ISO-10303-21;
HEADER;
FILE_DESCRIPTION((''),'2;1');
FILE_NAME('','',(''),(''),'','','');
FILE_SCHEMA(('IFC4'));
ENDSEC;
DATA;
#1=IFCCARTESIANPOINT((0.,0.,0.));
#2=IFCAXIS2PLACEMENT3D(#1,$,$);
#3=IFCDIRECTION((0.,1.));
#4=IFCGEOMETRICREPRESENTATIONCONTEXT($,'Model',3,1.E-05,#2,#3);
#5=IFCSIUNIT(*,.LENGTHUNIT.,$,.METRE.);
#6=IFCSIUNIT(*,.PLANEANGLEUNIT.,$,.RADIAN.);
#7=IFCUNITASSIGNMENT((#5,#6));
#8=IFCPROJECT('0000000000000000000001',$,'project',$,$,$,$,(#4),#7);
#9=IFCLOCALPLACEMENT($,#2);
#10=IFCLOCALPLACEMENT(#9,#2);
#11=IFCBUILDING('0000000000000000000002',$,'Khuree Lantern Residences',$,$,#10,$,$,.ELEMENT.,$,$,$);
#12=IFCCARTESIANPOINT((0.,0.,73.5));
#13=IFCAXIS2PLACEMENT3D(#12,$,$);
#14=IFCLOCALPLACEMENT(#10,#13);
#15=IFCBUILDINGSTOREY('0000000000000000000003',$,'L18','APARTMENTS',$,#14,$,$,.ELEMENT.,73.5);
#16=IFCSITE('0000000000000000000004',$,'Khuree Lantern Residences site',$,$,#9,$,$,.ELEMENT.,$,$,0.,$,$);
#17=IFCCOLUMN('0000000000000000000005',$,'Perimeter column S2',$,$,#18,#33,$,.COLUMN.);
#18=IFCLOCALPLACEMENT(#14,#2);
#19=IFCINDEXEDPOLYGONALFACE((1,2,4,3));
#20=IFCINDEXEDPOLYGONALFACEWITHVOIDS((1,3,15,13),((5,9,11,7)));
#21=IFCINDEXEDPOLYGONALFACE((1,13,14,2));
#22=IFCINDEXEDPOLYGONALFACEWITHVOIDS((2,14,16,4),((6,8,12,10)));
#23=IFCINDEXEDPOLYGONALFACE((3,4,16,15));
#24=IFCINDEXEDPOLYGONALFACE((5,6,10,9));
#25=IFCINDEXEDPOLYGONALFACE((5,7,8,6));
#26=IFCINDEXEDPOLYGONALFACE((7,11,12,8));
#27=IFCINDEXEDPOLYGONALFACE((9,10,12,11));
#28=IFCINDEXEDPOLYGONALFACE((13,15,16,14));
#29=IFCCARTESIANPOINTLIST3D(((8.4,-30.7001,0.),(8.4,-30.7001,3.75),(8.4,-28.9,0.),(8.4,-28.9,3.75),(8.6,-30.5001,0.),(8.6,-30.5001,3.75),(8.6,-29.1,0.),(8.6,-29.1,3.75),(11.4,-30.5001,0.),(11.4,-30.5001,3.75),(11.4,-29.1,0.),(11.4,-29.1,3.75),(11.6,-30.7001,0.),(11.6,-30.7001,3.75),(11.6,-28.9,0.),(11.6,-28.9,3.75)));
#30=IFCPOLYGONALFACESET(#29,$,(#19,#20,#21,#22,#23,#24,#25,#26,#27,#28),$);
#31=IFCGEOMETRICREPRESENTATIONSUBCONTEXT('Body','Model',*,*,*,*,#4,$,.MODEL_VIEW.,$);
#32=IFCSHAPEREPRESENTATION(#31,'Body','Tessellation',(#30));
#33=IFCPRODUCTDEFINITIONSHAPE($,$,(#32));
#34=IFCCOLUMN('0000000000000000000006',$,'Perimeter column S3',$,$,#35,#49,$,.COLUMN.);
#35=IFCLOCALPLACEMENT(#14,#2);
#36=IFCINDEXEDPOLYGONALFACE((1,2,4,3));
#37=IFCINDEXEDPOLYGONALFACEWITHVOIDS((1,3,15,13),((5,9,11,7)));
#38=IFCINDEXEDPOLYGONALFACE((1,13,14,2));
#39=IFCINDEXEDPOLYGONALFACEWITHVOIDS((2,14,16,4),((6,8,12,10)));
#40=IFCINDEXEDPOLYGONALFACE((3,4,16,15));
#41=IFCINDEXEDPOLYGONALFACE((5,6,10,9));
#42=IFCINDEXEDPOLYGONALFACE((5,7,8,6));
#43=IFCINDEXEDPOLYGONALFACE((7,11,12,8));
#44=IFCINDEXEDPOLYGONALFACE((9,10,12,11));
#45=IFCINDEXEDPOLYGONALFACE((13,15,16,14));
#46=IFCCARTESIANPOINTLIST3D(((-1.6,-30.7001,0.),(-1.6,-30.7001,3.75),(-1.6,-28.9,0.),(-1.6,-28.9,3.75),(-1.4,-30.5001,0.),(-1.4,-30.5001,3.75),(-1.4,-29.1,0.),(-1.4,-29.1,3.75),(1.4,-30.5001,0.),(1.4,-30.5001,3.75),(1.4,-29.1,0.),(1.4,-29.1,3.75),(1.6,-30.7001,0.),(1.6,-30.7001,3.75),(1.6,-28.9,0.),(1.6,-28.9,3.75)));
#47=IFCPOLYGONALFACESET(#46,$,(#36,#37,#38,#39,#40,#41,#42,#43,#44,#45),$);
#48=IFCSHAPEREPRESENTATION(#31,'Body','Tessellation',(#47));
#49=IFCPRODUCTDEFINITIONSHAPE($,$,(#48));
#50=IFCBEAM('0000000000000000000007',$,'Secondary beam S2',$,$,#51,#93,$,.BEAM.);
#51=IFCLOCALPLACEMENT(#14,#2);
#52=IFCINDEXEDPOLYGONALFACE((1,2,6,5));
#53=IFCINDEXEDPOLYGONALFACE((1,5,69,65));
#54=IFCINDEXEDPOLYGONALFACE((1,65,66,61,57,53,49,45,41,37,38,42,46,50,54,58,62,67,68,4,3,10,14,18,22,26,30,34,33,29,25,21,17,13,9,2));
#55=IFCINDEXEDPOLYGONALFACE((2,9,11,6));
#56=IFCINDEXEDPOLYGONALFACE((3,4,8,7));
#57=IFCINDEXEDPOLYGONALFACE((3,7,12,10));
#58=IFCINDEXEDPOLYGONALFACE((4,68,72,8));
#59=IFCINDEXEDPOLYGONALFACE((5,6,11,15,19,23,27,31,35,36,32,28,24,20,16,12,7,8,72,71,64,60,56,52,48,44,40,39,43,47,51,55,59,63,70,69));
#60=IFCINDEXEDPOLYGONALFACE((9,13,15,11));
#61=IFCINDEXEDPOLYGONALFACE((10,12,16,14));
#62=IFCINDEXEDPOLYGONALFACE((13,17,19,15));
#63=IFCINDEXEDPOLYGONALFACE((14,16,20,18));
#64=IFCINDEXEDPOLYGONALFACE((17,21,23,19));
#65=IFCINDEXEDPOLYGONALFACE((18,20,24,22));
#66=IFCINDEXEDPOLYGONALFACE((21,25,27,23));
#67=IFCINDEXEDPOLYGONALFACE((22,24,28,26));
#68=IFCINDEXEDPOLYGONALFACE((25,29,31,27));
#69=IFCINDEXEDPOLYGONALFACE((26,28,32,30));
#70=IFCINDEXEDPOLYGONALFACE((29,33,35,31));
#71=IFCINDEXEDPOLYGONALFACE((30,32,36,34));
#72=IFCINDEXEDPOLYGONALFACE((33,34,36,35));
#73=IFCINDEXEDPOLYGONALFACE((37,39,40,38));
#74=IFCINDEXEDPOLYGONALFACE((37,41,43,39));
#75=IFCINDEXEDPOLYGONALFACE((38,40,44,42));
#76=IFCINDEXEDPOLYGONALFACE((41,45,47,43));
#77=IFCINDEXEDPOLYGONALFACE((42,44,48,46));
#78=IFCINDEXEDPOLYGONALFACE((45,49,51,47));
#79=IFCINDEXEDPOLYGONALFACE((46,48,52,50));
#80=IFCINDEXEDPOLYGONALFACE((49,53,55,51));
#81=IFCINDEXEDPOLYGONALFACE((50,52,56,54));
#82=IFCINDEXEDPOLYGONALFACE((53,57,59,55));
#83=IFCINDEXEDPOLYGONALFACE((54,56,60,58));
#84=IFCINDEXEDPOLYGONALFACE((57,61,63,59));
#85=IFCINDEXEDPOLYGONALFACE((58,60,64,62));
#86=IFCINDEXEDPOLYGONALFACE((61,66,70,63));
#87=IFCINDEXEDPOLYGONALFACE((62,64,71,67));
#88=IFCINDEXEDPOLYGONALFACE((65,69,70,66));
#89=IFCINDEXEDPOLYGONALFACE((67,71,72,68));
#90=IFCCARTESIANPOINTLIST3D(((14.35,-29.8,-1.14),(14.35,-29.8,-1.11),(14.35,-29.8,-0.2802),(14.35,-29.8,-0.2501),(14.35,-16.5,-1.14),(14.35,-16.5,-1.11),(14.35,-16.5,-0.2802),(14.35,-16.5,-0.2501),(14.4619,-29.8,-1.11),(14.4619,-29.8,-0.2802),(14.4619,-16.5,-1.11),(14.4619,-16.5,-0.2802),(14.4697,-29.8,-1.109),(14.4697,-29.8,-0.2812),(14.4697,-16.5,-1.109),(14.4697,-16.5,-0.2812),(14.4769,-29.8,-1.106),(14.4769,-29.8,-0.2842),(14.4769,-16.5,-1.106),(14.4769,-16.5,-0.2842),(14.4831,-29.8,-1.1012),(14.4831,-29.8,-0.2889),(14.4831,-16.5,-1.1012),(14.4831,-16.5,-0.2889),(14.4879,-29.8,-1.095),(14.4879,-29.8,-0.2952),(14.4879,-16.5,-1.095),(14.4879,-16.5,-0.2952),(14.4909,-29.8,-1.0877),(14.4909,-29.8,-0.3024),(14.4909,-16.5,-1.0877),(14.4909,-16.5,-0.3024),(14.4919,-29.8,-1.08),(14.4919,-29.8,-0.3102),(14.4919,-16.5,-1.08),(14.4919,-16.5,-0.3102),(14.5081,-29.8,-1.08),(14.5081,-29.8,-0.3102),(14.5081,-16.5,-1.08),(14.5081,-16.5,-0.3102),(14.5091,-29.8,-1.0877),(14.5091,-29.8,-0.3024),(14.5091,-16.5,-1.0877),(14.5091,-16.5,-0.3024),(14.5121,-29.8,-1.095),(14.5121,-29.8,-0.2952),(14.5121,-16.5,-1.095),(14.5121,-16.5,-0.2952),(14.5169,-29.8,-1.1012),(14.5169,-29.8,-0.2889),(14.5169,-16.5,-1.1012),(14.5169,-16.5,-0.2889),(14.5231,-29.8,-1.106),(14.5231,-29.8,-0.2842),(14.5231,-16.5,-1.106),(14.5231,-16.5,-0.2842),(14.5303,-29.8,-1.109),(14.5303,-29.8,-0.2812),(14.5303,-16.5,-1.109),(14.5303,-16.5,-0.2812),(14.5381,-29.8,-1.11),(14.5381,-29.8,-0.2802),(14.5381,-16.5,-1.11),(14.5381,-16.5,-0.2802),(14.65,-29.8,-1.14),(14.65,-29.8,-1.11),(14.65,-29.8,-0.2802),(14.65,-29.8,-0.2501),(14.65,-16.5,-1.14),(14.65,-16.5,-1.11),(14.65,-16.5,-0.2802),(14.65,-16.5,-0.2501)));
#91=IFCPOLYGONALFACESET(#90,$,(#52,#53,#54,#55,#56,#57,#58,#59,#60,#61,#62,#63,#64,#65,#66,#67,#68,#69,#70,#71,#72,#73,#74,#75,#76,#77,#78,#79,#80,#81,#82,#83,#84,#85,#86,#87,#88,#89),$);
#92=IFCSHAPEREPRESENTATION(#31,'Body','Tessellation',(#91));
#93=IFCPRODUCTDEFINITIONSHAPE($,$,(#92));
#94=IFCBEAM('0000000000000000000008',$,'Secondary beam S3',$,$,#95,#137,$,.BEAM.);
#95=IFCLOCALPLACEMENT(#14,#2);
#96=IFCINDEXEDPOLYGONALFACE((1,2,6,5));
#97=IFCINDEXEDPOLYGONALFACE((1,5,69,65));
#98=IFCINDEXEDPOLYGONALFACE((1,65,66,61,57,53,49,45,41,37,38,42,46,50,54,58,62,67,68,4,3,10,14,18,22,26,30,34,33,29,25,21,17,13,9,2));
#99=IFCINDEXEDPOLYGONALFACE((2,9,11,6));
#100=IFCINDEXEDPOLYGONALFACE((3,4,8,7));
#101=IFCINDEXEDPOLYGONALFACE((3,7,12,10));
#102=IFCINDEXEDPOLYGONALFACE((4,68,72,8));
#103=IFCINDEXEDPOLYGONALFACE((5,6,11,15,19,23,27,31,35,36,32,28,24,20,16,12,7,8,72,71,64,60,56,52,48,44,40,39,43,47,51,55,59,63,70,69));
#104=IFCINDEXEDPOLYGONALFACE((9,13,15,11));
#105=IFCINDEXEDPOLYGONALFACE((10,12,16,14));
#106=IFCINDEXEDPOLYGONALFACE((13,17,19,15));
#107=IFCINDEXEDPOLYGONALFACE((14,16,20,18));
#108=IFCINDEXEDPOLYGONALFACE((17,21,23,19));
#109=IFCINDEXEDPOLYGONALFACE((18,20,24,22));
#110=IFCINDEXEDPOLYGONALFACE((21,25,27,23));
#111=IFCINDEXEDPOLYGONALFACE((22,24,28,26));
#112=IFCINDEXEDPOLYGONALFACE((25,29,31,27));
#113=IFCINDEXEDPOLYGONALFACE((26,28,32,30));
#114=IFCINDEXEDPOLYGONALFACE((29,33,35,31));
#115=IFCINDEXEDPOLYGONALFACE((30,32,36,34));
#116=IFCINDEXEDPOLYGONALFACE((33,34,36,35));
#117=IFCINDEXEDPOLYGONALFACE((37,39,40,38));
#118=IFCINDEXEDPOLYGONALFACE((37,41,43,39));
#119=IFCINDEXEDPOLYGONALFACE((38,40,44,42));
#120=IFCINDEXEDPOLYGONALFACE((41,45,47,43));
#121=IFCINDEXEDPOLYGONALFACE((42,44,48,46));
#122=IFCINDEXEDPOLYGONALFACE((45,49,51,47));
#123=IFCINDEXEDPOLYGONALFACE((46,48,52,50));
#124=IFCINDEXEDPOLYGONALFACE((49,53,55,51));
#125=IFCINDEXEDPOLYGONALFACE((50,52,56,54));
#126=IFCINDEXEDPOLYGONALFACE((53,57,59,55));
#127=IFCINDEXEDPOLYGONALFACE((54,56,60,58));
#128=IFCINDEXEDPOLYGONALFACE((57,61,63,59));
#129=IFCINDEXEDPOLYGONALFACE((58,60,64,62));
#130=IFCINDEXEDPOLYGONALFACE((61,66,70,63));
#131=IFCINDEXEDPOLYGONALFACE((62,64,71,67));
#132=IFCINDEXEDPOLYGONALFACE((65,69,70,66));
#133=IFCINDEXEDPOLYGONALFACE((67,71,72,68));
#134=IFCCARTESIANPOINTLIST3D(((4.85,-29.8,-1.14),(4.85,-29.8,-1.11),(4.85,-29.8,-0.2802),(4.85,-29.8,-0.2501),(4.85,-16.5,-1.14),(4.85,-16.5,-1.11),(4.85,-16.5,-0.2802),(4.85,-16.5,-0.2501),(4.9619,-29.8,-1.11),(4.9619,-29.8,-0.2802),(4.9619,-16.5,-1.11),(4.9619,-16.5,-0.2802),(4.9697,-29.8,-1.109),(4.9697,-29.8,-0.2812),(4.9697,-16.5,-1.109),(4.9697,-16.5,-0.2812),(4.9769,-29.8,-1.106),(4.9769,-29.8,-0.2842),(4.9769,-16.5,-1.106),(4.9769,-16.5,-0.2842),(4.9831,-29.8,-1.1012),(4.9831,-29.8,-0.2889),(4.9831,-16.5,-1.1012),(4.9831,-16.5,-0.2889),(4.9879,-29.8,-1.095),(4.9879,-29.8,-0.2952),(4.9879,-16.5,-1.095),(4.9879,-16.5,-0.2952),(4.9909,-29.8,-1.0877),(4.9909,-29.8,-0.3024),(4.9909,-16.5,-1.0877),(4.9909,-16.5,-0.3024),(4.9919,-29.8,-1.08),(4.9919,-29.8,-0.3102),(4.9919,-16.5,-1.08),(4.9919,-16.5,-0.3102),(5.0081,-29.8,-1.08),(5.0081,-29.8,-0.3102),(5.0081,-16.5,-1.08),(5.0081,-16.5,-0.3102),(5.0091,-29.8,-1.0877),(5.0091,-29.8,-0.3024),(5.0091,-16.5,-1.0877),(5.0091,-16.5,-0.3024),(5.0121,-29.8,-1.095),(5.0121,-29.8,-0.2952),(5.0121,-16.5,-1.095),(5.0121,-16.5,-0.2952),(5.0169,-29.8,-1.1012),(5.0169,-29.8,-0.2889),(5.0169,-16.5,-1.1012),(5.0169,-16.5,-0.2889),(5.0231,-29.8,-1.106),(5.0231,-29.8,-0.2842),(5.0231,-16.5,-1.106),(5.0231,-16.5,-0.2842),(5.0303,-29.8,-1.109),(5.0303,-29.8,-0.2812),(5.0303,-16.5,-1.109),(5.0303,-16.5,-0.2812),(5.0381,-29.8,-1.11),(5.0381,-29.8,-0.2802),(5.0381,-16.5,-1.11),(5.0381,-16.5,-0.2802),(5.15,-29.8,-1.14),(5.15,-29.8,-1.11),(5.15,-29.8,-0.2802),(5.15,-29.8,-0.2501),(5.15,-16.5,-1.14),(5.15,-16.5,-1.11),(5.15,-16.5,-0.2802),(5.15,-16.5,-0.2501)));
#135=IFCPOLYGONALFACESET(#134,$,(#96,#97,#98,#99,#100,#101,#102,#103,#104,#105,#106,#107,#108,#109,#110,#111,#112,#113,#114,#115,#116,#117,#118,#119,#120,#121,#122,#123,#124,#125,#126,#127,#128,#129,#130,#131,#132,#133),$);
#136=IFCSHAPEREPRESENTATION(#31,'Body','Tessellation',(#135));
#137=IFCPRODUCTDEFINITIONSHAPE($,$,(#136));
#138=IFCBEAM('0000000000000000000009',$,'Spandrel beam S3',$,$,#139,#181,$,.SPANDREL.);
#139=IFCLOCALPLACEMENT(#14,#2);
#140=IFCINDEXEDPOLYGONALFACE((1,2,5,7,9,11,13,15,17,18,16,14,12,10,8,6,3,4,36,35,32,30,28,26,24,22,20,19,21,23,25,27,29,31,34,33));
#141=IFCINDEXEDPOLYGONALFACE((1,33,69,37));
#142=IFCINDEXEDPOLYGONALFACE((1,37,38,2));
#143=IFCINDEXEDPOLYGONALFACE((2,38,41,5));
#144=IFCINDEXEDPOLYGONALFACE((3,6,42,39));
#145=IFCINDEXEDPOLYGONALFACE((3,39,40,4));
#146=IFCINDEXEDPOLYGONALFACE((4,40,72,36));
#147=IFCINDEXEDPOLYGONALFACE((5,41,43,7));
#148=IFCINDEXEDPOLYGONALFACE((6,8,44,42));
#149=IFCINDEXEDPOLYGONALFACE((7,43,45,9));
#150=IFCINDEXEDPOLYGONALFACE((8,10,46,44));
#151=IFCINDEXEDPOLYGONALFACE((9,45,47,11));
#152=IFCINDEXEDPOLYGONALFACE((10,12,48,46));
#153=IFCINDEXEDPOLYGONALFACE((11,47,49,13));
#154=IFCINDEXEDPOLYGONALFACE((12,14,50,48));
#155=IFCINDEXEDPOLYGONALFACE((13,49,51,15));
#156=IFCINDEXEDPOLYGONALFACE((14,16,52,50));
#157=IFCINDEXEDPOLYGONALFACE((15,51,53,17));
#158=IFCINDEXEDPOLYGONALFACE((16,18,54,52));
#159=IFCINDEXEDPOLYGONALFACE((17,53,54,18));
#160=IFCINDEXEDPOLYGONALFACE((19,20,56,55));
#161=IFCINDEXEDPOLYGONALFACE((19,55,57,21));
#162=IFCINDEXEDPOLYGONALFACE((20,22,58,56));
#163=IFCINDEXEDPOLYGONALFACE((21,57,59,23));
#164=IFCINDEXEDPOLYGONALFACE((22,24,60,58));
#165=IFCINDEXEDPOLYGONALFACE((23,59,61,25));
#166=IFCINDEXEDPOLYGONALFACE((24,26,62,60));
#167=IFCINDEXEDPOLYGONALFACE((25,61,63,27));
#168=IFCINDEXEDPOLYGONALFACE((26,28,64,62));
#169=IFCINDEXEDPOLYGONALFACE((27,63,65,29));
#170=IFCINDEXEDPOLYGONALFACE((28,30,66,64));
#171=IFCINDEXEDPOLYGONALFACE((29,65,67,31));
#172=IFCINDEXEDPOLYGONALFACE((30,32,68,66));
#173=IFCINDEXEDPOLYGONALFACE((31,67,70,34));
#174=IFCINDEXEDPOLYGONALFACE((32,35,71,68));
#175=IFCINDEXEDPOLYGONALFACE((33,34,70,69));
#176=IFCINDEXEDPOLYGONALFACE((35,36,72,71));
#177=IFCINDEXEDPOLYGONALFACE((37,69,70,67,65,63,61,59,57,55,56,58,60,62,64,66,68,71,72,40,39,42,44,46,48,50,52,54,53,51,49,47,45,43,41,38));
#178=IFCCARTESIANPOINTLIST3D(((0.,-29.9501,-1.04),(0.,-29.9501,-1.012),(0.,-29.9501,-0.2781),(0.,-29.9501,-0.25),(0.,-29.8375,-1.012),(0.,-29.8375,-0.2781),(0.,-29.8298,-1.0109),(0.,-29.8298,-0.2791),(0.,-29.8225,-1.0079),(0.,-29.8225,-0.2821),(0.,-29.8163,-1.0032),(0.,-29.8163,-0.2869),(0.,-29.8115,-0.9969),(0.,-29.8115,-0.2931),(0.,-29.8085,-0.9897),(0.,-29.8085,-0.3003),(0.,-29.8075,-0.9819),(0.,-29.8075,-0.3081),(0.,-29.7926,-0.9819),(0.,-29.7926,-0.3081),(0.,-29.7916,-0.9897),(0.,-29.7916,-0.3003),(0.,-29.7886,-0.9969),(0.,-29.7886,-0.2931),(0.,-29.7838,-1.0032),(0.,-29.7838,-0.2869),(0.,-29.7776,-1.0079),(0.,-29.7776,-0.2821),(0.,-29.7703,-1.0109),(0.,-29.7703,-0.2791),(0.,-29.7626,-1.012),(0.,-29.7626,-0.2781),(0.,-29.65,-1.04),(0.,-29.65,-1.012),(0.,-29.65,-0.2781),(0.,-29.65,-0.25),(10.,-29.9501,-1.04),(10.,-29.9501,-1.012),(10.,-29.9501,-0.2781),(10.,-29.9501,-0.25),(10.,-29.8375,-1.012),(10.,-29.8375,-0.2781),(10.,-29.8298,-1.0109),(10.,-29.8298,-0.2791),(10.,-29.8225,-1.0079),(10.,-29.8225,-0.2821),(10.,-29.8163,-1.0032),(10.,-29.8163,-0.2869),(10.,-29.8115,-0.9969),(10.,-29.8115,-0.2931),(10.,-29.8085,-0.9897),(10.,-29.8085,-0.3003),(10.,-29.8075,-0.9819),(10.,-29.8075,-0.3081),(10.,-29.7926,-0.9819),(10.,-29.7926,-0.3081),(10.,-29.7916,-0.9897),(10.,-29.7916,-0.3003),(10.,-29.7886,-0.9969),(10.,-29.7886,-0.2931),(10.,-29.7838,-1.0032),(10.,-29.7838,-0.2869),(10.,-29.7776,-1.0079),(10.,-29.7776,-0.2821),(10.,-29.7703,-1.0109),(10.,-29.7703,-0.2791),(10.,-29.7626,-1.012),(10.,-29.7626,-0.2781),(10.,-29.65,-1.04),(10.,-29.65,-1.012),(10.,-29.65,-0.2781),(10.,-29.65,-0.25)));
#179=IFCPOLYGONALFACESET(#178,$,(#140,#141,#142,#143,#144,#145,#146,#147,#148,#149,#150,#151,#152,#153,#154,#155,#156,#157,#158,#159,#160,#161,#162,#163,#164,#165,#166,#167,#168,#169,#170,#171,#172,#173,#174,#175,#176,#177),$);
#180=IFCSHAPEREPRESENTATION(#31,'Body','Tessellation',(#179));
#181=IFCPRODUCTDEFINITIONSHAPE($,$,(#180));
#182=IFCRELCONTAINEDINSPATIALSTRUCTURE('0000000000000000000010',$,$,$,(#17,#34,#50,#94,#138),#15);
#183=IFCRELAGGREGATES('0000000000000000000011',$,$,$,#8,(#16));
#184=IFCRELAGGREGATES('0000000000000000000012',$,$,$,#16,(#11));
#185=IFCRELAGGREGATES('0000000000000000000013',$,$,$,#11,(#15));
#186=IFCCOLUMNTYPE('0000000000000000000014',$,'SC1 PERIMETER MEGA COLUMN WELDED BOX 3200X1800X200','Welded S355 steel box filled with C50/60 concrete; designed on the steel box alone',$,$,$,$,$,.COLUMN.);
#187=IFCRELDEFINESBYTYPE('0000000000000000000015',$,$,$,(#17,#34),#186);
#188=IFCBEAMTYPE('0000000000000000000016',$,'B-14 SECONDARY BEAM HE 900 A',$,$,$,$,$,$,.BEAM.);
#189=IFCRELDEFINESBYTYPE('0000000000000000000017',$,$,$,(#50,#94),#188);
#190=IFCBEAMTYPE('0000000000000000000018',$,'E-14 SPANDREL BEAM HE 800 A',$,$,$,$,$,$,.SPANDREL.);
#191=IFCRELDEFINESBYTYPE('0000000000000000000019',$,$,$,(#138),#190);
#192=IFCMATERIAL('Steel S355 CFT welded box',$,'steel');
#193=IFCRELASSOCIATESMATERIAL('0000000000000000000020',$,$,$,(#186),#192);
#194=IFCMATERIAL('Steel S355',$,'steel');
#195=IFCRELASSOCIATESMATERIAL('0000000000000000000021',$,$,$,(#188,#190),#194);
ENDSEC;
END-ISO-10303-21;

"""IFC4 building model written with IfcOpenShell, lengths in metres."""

from ifc_helpers import new_model, si_unit, direction, frame, origin, origin_2d, place, context, subcontext, project, spatial, hollow_rectangle, i_section, extrude, material, material_profile, profile_set, type_object, element, save


model = new_model("IFC4")

# Units and contexts
model_context = context("Model", 3, precision=1e-05, world=origin(), true_north=direction((0.0, 1.0)))
body_context = subcontext(model_context, "Body", "Model", "MODEL_VIEW")
ifc_project = project(units=[si_unit("LENGTHUNIT", "METRE"), si_unit("PLANEANGLEUNIT", "RADIAN")], contexts=[model_context])

# Site, building, storey
site_placement = place(None, origin())
site = spatial("IfcSite", under=ifc_project, at=site_placement, Name="Khuree Lantern Residences site", CompositionType="ELEMENT", RefElevation=0.0)
building_placement = place(site_placement, origin())
building = spatial("IfcBuilding", under=site, at=building_placement, Name="Khuree Lantern Residences", CompositionType="ELEMENT")
storey_placement = place(building_placement, frame((0.0, 0.0, 73.5)))
storey = spatial("IfcBuildingStorey", under=building, at=storey_placement, Name="L18", Description="APARTMENTS", CompositionType="ELEMENT", Elevation=73.5)

# Columns
ifc_material_1 = material(Name="Steel S355 CFT welded box", Category="steel")
ifc_material_profile_1 = material_profile(ifc_material_1, hollow_rectangle(XDim=3.2, YDim=1.8, WallThickness=0.2, at=origin_2d()), Name="WELDED BOX 3200X1800X200")
ifc_profile_set_1 = profile_set([ifc_material_profile_1], Name="Steel S355 CFT welded box")
column_type = type_object("IfcColumnType", Name="SC1 PERIMETER MEGA COLUMN WELDED BOX 3200X1800X200", Description="Welded S355 steel box filled with C50/60 concrete; designed on the steel box alone", PredefinedType="COLUMN", material=ifc_profile_set_1)
for number, where, z_axis, x_axis, name in (
    (1, (10.0, -29.8, 0.0), (0.0, 0.0, 1.0), (1.0, 0.0, 0.0), "Perimeter column S2"),
    (2, (0.0, -29.8, 0.0), (0.0, 0.0, 1.0), (1.0, 0.0, 0.0), "Perimeter column S3"),
):
    element("IfcColumn", number, at=place(storey_placement, frame(where, z_axis=z_axis, x_axis=x_axis)), inside=storey, type_object=column_type, Name=name, PredefinedType="COLUMN", context=body_context, shape_type="SweptSolid", body=[
        extrude(hollow_rectangle(XDim=3.2, YDim=1.8, WallThickness=0.2, at=origin_2d()), origin(), (0.0, 0.0, 1.0), 3.75),
    ])

# Beams
ifc_material_2 = material(Name="Steel S355", Category="steel")
ifc_material_profile_2 = material_profile(ifc_material_2, i_section(OverallWidth=0.3, OverallDepth=0.8899, WebThickness=0.0161, FlangeThickness=0.03, FilletRadius=0.03, at=origin_2d()), Name="HE 900 A")
ifc_profile_set_2 = profile_set([ifc_material_profile_2], Name="Steel S355")
beam_type_1 = type_object("IfcBeamType", Name="B-14 SECONDARY BEAM HE 900 A", PredefinedType="BEAM", material=ifc_profile_set_2)
for number, where, z_axis, x_axis, name in (
    (3, (14.5, -29.8, -0.6951), (0.0, 1.0, 0.0), (-1.0, 0.0, 0.0), "Secondary beam S2"),
    (4, (5.0, -29.8, -0.6951), (0.0, 1.0, 0.0), (-1.0, 0.0, 0.0), "Secondary beam S3"),
):
    element("IfcBeam", number, at=place(storey_placement, frame(where, z_axis=z_axis, x_axis=x_axis)), inside=storey, type_object=beam_type_1, Name=name, PredefinedType="BEAM", context=body_context, shape_type="SweptSolid", body=[
        extrude(i_section(OverallWidth=0.3, OverallDepth=0.8899, WebThickness=0.0161, FlangeThickness=0.03, FilletRadius=0.03, at=origin_2d()), origin(), (0.0, 0.0, 1.0), 13.3),
    ])
ifc_material_profile_3 = material_profile(ifc_material_2, i_section(OverallWidth=0.3, OverallDepth=0.79, WebThickness=0.0149, FlangeThickness=0.0281, FilletRadius=0.03, at=origin_2d()), Name="HE 800 A")
ifc_profile_set_3 = profile_set([ifc_material_profile_3], Name="Steel S355")
beam_type_2 = type_object("IfcBeamType", Name="E-14 SPANDREL BEAM HE 800 A", PredefinedType="SPANDREL", material=ifc_profile_set_3)
for number, where, z_axis, x_axis, name in (
    (5, (10.0, -29.8, -0.645), (-1.0, 0.0, 0.0), (0.0, -1.0, 0.0), "Spandrel beam S3"),
):
    element("IfcBeam", number, at=place(storey_placement, frame(where, z_axis=z_axis, x_axis=x_axis)), inside=storey, type_object=beam_type_2, Name=name, PredefinedType="SPANDREL", context=body_context, shape_type="SweptSolid", body=[
        extrude(i_section(OverallWidth=0.3, OverallDepth=0.79, WebThickness=0.0149, FlangeThickness=0.0281, FilletRadius=0.03, at=origin_2d()), origin(), (0.0, 0.0, 1.0), 10.0),
    ])

save(model, "model.ifc")
